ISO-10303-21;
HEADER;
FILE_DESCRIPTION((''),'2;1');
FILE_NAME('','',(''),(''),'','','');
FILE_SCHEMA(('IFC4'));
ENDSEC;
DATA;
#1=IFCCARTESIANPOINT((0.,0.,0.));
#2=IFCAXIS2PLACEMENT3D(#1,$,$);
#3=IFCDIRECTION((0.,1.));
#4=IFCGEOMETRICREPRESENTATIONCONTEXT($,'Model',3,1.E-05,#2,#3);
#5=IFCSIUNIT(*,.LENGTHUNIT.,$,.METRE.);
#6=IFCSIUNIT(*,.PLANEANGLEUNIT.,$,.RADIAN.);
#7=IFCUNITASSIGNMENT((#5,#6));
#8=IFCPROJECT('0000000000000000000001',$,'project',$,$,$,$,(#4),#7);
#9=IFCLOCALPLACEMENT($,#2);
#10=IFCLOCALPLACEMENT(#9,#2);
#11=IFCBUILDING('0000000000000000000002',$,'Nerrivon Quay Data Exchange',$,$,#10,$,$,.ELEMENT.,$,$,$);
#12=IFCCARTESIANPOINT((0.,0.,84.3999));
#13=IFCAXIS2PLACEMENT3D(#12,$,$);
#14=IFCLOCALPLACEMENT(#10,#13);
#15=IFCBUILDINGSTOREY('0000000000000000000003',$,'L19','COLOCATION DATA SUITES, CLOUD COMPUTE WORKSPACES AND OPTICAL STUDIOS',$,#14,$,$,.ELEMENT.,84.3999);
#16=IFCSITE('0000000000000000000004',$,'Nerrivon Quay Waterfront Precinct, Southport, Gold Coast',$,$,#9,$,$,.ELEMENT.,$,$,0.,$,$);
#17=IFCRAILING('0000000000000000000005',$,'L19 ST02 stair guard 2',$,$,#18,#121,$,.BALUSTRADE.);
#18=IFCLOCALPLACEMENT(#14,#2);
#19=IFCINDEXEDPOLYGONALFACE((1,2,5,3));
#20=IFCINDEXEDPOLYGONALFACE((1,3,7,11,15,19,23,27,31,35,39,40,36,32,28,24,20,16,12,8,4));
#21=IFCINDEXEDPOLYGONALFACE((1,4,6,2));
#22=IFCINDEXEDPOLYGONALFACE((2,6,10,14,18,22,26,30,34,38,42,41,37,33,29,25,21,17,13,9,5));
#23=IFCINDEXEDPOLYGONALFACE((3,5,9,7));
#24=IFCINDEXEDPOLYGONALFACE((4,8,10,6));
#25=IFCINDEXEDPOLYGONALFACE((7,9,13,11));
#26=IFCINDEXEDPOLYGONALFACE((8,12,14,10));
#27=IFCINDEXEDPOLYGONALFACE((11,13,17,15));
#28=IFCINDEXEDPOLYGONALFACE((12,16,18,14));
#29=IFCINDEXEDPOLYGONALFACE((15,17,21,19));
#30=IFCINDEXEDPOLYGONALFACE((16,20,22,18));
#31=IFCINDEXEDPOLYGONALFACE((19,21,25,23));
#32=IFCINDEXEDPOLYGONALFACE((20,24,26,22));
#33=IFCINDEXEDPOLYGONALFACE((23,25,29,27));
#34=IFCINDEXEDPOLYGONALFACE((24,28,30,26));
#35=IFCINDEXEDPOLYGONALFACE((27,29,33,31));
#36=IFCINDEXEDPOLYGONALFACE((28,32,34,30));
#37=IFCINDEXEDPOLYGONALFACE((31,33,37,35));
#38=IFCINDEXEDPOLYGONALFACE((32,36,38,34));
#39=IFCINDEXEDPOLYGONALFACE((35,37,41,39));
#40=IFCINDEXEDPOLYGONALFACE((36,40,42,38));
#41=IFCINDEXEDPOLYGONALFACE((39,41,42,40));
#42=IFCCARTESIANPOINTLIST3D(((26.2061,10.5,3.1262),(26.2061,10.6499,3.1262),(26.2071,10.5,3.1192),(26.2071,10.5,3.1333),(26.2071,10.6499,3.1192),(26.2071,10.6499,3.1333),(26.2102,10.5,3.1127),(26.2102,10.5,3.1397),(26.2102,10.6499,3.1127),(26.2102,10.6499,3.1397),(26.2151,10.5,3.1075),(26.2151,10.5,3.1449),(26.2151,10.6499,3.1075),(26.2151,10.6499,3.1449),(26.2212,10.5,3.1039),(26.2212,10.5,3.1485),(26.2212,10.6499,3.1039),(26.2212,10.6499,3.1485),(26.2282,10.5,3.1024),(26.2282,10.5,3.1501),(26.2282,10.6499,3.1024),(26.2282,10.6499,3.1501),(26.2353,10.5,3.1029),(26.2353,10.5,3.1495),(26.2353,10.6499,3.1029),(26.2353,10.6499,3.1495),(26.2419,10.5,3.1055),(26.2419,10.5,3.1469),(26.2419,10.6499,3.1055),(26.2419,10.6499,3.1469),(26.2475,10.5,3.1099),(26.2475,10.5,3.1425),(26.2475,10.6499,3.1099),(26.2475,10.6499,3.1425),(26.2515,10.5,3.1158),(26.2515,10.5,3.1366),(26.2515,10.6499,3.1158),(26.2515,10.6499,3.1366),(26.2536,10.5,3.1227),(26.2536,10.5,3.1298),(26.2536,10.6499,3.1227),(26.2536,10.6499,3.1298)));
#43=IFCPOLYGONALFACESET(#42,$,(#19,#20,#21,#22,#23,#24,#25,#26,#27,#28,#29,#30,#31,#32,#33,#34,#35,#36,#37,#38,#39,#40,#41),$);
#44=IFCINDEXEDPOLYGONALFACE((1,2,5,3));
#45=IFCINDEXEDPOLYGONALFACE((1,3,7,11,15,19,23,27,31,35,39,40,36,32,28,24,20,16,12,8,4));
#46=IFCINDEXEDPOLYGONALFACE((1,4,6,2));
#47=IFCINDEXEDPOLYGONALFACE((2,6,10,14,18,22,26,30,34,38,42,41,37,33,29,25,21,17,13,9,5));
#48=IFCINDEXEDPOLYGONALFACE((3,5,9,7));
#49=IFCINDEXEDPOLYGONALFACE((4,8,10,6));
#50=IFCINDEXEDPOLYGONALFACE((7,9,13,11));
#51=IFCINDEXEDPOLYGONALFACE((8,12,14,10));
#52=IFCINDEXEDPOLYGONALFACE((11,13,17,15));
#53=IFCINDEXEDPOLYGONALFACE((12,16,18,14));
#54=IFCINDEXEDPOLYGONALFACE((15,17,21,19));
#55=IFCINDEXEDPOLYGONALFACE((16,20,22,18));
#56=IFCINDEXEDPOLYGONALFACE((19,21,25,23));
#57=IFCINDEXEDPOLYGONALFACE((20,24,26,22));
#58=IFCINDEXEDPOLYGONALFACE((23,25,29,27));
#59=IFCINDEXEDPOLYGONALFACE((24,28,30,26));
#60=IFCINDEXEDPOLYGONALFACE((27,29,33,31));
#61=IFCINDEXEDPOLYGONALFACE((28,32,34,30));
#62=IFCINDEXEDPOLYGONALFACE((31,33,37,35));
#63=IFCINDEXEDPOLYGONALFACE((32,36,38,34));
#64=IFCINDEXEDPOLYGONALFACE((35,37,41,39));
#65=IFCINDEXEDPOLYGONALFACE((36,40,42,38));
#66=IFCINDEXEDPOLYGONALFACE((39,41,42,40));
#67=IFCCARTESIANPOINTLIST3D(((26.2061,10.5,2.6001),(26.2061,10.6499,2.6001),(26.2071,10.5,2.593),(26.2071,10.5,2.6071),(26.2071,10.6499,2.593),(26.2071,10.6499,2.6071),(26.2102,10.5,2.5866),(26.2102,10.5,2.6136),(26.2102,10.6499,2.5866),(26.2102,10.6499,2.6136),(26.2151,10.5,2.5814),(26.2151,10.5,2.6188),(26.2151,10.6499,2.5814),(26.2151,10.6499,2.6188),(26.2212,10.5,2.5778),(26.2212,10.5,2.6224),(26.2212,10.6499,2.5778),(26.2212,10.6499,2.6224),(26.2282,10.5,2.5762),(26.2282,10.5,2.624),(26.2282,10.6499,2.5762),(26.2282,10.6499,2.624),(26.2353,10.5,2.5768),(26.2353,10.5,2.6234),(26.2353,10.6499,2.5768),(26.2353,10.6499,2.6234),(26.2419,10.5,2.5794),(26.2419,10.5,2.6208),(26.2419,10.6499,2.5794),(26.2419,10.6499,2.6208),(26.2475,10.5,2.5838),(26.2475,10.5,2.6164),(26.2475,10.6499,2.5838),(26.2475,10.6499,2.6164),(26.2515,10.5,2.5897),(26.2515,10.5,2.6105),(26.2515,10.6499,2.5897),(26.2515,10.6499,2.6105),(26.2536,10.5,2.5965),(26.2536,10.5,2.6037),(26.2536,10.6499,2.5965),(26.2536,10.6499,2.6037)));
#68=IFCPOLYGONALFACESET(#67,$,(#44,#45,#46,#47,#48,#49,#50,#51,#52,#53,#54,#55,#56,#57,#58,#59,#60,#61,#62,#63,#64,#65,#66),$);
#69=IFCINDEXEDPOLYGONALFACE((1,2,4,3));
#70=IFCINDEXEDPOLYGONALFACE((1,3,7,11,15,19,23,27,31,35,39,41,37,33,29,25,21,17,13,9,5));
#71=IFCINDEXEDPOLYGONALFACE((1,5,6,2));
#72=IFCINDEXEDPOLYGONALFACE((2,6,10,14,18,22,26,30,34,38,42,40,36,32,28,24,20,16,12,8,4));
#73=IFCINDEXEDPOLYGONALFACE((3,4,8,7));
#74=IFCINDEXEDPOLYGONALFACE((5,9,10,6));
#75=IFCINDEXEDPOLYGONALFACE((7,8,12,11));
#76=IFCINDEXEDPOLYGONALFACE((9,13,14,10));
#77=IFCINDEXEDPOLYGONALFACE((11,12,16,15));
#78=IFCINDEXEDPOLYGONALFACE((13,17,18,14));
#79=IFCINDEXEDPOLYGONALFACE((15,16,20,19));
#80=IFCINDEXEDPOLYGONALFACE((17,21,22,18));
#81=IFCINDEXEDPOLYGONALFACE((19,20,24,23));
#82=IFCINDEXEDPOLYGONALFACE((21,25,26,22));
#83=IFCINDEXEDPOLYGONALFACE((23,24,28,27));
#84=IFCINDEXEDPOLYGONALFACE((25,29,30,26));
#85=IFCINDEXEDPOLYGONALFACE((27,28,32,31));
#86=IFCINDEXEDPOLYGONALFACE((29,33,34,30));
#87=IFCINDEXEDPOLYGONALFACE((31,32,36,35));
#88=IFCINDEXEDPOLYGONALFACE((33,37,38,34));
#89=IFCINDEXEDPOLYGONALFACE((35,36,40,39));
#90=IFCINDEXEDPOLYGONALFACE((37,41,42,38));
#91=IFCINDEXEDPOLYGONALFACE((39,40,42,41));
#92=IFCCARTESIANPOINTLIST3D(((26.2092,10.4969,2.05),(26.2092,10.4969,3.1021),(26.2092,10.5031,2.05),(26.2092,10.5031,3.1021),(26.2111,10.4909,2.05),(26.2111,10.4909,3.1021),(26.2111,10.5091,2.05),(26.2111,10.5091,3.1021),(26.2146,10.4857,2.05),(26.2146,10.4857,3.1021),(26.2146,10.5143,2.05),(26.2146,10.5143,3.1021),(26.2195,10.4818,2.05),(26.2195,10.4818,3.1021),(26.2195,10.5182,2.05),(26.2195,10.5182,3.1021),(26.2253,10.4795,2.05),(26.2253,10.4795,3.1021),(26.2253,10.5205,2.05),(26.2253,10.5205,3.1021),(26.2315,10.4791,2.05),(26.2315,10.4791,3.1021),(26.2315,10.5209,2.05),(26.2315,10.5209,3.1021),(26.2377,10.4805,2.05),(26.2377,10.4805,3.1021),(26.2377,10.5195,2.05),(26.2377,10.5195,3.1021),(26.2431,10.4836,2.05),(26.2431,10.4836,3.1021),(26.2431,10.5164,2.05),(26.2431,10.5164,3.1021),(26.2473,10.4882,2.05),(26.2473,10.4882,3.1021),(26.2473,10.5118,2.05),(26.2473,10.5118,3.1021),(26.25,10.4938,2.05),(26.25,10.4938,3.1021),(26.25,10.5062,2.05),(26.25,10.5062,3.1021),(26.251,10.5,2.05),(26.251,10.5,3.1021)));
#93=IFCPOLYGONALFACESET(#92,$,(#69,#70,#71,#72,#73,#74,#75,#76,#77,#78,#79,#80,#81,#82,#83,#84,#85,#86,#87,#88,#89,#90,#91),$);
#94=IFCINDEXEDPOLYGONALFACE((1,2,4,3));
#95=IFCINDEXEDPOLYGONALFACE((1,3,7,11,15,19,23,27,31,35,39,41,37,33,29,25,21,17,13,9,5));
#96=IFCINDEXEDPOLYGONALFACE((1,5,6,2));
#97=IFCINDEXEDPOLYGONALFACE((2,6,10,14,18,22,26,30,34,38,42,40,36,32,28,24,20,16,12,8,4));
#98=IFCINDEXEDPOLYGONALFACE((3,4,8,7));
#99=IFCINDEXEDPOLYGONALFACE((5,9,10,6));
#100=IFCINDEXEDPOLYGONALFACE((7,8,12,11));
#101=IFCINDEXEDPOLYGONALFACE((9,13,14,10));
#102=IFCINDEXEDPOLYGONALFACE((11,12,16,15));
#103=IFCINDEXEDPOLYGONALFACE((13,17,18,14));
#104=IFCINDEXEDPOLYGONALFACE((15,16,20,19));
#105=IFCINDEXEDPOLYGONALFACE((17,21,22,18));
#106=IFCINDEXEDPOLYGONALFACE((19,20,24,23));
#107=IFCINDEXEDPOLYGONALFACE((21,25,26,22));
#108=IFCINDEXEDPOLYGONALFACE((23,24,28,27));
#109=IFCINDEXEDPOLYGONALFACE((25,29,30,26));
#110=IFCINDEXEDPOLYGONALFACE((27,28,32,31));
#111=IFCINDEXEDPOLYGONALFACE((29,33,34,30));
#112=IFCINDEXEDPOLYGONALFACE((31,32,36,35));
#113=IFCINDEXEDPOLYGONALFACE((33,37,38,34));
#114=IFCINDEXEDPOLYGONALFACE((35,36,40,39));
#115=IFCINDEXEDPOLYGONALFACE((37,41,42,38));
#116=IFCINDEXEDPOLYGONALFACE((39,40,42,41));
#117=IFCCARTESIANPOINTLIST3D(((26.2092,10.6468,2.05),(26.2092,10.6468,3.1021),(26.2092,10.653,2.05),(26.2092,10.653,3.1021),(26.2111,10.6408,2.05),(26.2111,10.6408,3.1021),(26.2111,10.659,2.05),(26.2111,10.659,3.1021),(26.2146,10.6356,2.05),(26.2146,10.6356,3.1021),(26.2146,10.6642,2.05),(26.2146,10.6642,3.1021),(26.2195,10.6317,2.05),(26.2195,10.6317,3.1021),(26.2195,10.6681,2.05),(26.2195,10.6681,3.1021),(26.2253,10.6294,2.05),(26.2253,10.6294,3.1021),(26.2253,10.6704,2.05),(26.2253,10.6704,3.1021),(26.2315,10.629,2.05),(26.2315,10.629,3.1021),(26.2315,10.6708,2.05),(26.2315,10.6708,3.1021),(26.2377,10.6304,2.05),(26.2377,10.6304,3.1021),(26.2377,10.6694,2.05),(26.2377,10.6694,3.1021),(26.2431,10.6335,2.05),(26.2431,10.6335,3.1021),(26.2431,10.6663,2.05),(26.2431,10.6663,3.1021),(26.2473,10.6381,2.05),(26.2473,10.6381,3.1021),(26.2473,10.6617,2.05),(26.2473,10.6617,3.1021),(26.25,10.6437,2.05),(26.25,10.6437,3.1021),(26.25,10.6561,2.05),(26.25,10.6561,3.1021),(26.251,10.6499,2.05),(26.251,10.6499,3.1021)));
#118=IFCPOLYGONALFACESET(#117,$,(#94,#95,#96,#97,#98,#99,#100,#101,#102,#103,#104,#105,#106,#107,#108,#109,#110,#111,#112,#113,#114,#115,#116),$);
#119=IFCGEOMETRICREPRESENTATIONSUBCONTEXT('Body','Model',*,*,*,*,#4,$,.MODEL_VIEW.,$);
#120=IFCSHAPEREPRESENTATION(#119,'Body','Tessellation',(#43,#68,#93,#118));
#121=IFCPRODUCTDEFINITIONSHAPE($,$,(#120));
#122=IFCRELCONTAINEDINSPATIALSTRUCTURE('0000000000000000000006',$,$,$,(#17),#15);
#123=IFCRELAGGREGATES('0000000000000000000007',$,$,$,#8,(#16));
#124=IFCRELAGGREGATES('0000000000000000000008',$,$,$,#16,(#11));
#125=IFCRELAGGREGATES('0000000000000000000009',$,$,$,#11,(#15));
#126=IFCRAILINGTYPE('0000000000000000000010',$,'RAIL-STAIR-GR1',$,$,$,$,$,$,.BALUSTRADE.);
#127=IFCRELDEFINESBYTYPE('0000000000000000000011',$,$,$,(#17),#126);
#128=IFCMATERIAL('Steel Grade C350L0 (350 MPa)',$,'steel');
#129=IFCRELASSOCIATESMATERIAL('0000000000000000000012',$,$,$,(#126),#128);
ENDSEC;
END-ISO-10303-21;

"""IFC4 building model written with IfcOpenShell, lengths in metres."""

from ifc_helpers import new_model, si_unit, direction, frame, origin, origin_2d, place, context, subcontext, project, spatial, circle, extrude, material, type_object, element, save


model = new_model("IFC4")

# Units and contexts
model_context = context("Model", 3, precision=1e-05, world=origin(), true_north=direction((0.0, 1.0)))
body_context = subcontext(model_context, "Body", "Model", "MODEL_VIEW")
ifc_project = project(units=[si_unit("LENGTHUNIT", "METRE"), si_unit("PLANEANGLEUNIT", "RADIAN")], contexts=[model_context])

# Site, building, storey
site_placement = place(None, origin())
site = spatial("IfcSite", under=ifc_project, at=site_placement, Name="Nerrivon Quay Waterfront Precinct, Southport, Gold Coast", CompositionType="ELEMENT", RefElevation=0.0)
building_placement = place(site_placement, origin())
building = spatial("IfcBuilding", under=site, at=building_placement, Name="Nerrivon Quay Data Exchange", CompositionType="ELEMENT")
storey_placement = place(building_placement, frame((0.0, 0.0, 84.3999)))
storey = spatial("IfcBuildingStorey", under=building, at=storey_placement, Name="L19", Description="COLOCATION DATA SUITES, CLOUD COMPUTE WORKSPACES AND OPTICAL STUDIOS", CompositionType="ELEMENT", Elevation=84.3999)

# Railing
ifc_material_1 = material(Name="Steel Grade C350L0 (350 MPa)", Category="steel")
railing_type_1 = type_object("IfcRailingType", Name="RAIL-STAIR-GR1", PredefinedType="BALUSTRADE", material=ifc_material_1)
railing_1_placement = place(storey_placement, frame((26.23, 10.5, 2.05)))
element("IfcRailing", 1, at=railing_1_placement, inside=storey, type_object=railing_type_1, Name="L19 ST02 stair guard 2", PredefinedType="BALUSTRADE", context=body_context, shape_type="SweptSolid", body=[
    extrude(circle(Radius=0.0239, at=origin_2d()), frame((0.0, 0.0, 1.0762), z_axis=(0.0, 1.0, 0.0), x_axis=(-1.0, 0.0, 0.0)), (0.0, 0.0, 1.0), 0.1499),
    extrude(circle(Radius=0.0239, at=origin_2d()), frame((0.0, 0.0, 0.55), z_axis=(0.0, 1.0, 0.0), x_axis=(-1.0, 0.0, 0.0)), (0.0, 0.0, 1.0), 0.1499),
    extrude(circle(Radius=0.021, at=origin_2d()), origin(), (0.0, 0.0, 1.0), 1.052),
    extrude(circle(Radius=0.021, at=origin_2d()), frame((0.0, 0.1499, 0.0)), (0.0, 0.0, 1.0), 1.052),
])

save(model, "model.ifc")
